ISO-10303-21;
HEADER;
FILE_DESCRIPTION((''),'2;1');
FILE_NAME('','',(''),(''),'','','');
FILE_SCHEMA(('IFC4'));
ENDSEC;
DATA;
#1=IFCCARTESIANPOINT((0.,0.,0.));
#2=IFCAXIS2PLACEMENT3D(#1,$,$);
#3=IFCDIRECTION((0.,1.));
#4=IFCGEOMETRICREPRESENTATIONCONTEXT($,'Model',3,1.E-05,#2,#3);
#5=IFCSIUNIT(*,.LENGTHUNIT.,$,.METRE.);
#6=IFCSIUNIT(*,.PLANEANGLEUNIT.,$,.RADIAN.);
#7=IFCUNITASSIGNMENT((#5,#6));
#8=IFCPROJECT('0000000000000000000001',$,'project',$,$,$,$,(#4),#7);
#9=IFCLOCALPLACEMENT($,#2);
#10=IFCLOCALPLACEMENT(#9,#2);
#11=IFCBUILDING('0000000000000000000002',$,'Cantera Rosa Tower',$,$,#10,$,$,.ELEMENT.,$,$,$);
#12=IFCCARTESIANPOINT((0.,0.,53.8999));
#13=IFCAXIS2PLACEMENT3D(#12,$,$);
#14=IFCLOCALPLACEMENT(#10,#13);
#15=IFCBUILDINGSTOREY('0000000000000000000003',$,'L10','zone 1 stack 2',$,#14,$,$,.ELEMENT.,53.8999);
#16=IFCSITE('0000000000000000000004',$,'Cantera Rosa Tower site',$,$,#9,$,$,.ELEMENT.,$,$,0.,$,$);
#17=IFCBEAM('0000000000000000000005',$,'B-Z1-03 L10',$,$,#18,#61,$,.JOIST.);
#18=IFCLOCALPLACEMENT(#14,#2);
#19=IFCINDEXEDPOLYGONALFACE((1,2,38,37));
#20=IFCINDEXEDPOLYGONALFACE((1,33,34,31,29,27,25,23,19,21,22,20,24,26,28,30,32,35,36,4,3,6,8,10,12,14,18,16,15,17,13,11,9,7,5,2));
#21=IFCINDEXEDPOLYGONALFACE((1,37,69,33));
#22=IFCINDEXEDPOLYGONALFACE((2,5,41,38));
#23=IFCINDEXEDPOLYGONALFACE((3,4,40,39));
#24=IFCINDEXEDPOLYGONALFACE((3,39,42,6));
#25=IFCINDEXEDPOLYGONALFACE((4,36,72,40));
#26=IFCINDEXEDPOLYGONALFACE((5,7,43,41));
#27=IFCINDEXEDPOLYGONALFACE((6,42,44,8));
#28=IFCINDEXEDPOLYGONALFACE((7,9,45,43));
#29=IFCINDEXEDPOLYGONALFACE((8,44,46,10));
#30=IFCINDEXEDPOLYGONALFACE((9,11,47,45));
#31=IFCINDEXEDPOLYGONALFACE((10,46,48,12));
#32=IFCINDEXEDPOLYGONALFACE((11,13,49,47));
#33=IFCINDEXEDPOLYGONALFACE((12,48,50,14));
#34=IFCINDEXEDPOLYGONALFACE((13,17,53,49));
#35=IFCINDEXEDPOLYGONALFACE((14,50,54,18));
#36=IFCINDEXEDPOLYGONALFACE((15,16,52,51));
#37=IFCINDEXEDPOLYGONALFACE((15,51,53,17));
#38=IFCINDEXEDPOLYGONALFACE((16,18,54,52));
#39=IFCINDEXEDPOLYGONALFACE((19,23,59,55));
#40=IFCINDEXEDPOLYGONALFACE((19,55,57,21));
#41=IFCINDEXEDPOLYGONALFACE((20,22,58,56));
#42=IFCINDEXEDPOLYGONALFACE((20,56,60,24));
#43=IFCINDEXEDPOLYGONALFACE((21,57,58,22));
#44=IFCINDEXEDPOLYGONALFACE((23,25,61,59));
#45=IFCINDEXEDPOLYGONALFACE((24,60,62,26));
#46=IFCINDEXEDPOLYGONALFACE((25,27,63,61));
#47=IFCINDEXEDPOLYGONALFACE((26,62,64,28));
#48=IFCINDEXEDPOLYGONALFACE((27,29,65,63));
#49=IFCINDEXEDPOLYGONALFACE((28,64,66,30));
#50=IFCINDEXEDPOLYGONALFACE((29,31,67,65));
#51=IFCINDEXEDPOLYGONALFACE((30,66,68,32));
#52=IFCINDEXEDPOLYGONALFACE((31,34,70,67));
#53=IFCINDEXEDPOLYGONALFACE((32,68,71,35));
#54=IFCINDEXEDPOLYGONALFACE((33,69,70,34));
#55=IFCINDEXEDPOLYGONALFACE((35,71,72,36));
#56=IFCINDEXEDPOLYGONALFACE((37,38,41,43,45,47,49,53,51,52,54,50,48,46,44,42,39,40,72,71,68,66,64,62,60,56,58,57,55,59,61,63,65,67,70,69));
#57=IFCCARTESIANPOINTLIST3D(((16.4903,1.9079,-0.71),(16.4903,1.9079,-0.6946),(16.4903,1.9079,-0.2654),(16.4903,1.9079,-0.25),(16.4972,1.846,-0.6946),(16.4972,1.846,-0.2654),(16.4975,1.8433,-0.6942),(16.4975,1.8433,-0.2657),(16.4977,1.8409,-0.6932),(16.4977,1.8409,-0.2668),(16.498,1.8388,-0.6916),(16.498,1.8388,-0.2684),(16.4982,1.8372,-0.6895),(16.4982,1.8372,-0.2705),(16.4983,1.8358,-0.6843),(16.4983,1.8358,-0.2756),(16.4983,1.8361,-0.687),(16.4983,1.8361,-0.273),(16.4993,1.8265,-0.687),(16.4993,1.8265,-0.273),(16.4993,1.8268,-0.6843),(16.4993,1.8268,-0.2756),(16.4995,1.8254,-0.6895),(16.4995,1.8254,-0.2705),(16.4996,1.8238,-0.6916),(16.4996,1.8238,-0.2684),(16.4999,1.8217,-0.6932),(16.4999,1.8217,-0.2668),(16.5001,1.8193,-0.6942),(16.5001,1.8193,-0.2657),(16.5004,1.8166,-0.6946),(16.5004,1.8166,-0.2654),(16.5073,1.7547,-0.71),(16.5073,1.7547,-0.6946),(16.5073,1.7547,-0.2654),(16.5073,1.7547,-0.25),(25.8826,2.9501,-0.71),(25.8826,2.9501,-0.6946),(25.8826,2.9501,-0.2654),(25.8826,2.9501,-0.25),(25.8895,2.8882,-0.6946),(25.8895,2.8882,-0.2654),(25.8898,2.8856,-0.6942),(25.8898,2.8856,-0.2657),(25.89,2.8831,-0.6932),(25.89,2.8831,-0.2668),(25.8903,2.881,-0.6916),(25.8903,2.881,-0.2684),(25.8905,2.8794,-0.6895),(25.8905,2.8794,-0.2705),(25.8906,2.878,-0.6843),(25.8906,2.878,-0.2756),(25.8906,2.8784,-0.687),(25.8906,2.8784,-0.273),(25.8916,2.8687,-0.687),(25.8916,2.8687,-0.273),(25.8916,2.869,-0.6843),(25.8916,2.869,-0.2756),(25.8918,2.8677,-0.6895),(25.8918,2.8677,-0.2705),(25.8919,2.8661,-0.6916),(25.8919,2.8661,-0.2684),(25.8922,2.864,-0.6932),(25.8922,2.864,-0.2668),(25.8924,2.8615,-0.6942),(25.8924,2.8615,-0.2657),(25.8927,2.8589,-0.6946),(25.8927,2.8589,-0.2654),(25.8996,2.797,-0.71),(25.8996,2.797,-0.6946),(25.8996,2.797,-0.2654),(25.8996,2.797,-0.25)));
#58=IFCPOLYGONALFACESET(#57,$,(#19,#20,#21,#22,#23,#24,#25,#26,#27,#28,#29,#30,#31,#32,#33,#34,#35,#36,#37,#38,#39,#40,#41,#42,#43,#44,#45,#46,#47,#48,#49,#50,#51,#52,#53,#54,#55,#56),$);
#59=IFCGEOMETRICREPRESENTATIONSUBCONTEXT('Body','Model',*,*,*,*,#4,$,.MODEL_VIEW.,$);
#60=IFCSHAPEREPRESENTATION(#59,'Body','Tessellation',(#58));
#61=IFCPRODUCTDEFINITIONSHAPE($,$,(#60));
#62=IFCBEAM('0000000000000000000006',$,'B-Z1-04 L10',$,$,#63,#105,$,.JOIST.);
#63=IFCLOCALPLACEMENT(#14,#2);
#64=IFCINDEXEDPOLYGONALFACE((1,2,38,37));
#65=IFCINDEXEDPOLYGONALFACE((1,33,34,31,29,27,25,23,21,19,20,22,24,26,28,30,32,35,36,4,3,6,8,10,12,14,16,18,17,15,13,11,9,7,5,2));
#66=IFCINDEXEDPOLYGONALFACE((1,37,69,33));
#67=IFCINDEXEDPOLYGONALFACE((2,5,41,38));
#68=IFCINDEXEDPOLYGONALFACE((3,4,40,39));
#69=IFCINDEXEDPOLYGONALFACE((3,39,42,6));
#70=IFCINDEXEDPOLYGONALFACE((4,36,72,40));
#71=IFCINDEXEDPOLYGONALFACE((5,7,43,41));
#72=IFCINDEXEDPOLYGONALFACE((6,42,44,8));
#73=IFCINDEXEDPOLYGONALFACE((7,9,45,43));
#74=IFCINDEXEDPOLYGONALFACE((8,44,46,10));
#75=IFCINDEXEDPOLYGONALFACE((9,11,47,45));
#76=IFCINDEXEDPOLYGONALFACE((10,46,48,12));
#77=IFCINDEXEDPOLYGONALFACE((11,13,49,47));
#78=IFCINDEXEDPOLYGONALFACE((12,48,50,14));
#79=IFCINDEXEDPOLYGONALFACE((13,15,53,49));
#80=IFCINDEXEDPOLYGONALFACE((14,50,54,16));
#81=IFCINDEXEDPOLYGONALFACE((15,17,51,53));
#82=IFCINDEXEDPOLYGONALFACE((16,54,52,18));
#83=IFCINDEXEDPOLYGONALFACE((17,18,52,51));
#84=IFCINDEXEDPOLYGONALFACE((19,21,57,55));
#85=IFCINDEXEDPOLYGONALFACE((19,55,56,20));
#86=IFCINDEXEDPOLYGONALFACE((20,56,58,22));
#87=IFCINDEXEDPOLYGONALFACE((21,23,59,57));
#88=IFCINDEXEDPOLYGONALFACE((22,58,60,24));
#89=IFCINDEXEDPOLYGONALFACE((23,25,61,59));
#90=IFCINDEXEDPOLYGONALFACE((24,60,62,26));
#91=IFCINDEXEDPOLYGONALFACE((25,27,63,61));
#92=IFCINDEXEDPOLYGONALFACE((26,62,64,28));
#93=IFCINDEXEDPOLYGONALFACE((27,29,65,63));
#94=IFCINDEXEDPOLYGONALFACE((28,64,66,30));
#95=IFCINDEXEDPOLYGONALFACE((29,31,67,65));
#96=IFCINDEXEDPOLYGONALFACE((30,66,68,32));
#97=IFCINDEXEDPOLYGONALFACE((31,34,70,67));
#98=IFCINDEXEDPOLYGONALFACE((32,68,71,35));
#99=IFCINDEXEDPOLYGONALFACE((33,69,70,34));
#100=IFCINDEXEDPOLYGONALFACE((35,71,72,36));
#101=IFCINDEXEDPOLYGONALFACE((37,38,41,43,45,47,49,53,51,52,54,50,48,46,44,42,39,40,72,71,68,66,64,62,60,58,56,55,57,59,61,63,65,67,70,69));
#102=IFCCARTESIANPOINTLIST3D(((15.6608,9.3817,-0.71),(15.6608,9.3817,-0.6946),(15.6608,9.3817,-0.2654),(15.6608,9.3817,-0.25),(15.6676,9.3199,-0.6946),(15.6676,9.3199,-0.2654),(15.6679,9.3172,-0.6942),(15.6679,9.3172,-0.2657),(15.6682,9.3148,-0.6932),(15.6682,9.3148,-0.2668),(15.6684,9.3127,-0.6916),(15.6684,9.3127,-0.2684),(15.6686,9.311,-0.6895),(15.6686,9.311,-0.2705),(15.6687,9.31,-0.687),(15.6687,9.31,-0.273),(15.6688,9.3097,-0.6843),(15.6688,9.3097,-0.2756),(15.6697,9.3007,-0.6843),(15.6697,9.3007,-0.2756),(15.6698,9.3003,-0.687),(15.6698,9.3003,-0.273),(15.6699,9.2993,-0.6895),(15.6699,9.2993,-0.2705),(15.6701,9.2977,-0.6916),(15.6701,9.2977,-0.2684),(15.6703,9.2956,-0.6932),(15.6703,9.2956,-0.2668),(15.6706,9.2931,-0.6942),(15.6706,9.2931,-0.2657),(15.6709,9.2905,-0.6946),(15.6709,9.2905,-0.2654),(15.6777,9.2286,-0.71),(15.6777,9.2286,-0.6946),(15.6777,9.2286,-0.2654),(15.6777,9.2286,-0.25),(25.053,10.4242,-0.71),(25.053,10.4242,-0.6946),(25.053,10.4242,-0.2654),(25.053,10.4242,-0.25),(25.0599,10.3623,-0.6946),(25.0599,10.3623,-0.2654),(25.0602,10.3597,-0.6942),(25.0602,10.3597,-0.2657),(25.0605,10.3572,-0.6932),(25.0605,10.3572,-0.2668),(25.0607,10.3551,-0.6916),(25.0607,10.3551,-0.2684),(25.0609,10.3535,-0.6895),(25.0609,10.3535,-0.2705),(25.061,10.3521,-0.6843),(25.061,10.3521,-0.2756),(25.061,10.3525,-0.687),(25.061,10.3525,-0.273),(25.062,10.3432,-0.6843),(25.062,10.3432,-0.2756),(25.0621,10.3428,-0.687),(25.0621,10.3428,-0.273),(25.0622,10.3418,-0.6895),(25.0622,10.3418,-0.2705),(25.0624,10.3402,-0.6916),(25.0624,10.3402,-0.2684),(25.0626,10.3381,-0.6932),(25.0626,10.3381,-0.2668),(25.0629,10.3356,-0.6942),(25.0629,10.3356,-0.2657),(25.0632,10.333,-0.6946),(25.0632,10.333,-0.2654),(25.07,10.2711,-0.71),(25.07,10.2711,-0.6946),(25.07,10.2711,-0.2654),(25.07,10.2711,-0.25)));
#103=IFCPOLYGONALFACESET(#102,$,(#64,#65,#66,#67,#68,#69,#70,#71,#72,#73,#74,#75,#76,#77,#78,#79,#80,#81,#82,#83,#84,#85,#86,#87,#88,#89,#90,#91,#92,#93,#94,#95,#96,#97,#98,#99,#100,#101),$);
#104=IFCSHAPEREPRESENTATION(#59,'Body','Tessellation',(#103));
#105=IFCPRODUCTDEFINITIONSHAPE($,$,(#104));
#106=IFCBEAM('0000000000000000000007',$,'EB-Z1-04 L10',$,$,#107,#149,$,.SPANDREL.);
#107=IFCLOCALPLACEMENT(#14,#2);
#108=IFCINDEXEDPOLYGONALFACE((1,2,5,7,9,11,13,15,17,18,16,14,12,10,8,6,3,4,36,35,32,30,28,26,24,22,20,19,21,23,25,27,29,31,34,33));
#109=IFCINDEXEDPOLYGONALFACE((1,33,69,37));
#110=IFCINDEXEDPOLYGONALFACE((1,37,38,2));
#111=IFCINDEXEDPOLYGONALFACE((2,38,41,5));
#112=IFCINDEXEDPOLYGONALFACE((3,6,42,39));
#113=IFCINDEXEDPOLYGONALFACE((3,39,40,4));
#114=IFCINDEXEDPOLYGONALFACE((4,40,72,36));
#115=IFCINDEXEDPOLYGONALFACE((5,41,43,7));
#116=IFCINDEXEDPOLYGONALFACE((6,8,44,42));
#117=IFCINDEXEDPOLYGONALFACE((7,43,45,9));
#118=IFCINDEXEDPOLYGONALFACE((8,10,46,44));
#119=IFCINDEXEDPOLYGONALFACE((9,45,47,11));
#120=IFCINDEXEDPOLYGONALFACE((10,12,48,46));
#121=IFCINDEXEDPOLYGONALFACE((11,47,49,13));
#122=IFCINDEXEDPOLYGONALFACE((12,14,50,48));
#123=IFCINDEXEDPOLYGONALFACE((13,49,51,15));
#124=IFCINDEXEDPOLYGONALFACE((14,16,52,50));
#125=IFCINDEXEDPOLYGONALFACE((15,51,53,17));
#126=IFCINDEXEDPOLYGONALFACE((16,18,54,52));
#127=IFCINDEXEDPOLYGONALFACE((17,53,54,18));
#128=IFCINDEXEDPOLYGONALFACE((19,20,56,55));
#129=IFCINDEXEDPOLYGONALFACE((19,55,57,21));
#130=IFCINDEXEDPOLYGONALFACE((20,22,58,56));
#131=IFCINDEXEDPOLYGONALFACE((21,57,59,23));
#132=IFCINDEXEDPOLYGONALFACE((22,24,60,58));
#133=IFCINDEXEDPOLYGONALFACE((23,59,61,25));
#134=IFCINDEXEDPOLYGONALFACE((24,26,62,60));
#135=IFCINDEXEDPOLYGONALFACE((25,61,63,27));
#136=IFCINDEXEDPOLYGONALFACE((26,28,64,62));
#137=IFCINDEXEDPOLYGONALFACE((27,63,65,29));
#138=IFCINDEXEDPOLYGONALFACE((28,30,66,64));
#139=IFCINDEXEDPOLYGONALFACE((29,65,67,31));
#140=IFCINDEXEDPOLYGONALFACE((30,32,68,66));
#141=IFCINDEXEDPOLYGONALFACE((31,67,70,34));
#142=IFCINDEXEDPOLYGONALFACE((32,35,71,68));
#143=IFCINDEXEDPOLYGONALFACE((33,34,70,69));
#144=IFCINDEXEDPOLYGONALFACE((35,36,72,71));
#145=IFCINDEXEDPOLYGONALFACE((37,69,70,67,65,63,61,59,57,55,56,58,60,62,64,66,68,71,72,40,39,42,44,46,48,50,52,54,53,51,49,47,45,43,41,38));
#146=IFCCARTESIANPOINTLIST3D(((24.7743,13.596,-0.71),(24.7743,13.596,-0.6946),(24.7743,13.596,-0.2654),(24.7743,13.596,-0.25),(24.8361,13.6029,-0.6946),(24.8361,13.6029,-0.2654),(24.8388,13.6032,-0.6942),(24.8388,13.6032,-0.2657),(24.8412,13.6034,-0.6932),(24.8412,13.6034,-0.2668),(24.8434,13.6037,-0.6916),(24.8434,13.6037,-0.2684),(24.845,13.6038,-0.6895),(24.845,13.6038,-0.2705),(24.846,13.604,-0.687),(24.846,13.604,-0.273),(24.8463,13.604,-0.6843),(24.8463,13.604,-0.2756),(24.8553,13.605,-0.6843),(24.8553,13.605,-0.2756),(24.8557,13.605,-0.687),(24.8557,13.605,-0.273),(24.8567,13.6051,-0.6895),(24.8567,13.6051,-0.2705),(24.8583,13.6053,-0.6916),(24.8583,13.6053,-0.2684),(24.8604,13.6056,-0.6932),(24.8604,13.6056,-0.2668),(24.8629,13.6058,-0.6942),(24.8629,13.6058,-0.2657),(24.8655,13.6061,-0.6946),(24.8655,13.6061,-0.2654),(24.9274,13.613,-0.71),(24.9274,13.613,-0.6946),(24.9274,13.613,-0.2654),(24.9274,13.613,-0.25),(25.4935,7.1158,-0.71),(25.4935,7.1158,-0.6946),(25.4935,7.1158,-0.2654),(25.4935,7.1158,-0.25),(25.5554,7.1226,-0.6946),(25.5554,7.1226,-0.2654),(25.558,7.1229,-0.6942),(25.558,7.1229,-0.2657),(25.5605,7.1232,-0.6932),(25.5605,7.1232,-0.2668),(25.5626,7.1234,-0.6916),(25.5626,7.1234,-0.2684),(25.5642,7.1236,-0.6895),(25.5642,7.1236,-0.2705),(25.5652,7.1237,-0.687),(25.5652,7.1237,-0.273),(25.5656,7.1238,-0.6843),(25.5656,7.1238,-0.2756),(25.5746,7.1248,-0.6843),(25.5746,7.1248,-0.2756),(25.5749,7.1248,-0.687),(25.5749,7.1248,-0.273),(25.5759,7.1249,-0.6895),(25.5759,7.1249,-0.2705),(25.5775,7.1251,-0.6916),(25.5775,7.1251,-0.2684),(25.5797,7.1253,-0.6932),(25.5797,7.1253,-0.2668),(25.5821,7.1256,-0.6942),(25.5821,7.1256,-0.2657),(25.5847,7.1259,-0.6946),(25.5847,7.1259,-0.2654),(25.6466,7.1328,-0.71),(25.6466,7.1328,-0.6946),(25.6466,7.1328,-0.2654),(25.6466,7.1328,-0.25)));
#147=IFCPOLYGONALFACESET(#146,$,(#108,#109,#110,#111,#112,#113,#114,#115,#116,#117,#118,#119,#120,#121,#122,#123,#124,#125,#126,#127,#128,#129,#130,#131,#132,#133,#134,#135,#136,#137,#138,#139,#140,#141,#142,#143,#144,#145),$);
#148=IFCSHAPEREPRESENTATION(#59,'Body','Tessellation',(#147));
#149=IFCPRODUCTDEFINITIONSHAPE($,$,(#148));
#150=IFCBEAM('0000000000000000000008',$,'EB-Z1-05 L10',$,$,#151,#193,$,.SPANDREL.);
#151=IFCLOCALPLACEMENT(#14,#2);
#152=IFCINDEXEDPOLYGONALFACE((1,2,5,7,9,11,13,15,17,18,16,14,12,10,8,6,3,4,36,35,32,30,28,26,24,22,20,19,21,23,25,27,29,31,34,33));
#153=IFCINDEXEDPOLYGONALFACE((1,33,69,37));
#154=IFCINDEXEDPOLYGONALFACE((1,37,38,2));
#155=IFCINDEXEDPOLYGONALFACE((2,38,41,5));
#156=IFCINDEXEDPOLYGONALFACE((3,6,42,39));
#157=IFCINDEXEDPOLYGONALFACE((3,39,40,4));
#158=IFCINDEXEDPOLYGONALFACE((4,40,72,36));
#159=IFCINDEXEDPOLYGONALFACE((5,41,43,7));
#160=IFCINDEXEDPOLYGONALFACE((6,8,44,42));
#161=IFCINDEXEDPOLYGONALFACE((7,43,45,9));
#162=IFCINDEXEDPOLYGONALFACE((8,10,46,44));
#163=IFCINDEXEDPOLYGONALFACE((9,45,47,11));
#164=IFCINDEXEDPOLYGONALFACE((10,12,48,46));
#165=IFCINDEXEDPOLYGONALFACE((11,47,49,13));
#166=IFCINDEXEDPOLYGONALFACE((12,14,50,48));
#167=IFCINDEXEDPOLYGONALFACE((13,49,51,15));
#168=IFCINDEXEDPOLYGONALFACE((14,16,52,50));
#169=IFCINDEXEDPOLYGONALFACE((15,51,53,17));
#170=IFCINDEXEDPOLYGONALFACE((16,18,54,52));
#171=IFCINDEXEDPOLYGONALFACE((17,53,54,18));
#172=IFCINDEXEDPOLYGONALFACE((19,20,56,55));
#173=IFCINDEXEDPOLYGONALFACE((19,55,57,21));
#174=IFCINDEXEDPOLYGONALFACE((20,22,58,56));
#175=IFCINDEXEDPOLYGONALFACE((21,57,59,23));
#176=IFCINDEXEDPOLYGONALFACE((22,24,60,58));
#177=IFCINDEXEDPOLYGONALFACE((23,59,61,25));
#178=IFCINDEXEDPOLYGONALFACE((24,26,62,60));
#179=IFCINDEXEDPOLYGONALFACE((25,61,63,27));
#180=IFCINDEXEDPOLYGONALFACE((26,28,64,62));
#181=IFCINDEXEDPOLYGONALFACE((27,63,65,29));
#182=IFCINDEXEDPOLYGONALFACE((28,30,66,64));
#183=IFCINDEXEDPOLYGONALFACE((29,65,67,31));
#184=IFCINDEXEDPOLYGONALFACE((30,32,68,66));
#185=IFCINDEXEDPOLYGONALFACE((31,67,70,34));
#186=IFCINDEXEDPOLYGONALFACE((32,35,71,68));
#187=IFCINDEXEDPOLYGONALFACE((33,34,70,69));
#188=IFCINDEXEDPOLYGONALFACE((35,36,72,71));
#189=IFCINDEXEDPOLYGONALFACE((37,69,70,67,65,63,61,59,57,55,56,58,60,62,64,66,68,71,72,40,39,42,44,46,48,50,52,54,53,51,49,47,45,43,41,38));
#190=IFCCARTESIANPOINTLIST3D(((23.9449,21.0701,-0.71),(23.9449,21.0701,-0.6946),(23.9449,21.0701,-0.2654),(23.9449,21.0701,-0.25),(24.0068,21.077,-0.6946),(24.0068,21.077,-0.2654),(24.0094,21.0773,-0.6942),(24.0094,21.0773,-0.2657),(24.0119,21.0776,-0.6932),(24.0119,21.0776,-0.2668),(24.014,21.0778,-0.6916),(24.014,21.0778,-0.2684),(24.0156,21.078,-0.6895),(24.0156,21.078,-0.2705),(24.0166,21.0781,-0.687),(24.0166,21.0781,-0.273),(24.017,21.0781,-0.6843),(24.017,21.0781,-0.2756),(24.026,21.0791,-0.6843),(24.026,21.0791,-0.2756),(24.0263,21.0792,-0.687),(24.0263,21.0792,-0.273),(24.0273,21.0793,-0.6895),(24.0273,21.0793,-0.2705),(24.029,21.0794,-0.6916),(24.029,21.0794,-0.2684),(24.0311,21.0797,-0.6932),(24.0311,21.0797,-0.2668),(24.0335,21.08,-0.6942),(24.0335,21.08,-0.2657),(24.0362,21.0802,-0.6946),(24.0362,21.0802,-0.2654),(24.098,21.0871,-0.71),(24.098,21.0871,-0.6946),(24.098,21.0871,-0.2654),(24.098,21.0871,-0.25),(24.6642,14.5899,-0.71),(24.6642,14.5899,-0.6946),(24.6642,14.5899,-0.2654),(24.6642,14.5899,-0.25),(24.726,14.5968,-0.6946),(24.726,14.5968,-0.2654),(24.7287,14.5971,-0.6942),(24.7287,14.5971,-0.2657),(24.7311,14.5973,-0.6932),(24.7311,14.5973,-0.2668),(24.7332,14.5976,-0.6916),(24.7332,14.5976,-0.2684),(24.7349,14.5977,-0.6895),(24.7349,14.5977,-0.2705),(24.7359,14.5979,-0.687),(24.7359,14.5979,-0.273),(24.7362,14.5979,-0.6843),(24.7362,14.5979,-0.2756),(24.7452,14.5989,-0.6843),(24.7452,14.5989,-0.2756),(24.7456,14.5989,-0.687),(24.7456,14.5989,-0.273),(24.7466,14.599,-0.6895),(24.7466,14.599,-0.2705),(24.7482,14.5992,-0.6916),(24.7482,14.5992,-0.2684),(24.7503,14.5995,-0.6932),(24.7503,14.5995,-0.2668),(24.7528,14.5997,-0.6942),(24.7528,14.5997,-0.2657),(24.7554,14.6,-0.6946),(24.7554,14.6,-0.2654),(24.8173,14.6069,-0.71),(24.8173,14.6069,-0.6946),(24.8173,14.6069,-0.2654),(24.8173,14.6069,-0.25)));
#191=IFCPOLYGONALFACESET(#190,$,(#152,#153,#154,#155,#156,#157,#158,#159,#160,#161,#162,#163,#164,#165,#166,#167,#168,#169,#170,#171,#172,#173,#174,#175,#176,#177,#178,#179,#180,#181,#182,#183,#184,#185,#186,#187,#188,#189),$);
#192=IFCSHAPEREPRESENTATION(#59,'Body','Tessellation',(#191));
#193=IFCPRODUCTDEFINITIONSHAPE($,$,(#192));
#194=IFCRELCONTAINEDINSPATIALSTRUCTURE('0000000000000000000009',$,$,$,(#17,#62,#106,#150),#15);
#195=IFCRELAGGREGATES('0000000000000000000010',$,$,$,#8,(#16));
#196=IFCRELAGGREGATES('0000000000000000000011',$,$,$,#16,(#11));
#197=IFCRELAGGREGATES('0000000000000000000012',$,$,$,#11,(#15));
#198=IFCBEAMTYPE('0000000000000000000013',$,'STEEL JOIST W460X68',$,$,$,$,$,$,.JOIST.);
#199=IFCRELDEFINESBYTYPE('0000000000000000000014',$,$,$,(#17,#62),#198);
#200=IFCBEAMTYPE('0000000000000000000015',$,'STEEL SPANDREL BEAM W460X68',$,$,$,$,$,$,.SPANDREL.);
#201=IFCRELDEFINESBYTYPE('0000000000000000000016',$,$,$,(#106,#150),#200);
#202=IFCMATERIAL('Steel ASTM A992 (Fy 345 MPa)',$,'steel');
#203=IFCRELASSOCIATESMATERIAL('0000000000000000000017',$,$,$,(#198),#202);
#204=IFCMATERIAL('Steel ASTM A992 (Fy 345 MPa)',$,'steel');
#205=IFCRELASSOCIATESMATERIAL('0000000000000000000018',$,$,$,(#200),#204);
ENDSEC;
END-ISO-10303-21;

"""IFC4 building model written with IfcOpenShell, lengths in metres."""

from ifc_helpers import new_model, si_unit, direction, frame, origin, origin_2d, place, context, subcontext, project, spatial, i_section, extrude, material, material_profile, profile_set, type_object, element, save


model = new_model("IFC4")

# Units and contexts
model_context = context("Model", 3, precision=1e-05, world=origin(), true_north=direction((0.0, 1.0)))
body_context = subcontext(model_context, "Body", "Model", "MODEL_VIEW")
ifc_project = project(units=[si_unit("LENGTHUNIT", "METRE"), si_unit("PLANEANGLEUNIT", "RADIAN")], contexts=[model_context])

# Site, building, storey
site_placement = place(None, origin())
site = spatial("IfcSite", under=ifc_project, at=site_placement, Name="Cantera Rosa Tower site", CompositionType="ELEMENT", RefElevation=0.0)
building_placement = place(site_placement, origin())
building = spatial("IfcBuilding", under=site, at=building_placement, Name="Cantera Rosa Tower", CompositionType="ELEMENT")
storey_placement = place(building_placement, frame((0.0, 0.0, 53.8999)))
storey = spatial("IfcBuildingStorey", under=building, at=storey_placement, Name="L10", Description="zone 1 stack 2", CompositionType="ELEMENT", Elevation=53.8999)

# Beams
ifc_material_1 = material(Name="Steel ASTM A992 (Fy 345 MPa)", Category="steel")
ifc_material_profile_1 = material_profile(ifc_material_1, i_section(OverallWidth=0.1541, OverallDepth=0.46, WebThickness=0.009, FlangeThickness=0.0154, FilletRadius=0.0103, at=origin_2d()), Name="W460X68")
ifc_profile_set_1 = profile_set([ifc_material_profile_1], Name="Steel ASTM A992 (Fy 345 MPa)")
beam_type_1 = type_object("IfcBeamType", Name="STEEL JOIST W460X68", PredefinedType="JOIST", material=ifc_profile_set_1)
for number, where, z_axis, x_axis, name in (
    (1, (25.8911, 2.8735, -0.48), (-0.993899, -0.11029, 0.0), (0.11029, -0.993899, 0.0), "B-Z1-03 L10"),
    (2, (25.0615, 10.3477, -0.48), (-0.993897, -0.110315, 0.0), (0.110315, -0.993897, 0.0), "B-Z1-04 L10"),
):
    element("IfcBeam", number, at=place(storey_placement, frame(where, z_axis=z_axis, x_axis=x_axis)), inside=storey, type_object=beam_type_1, Name=name, PredefinedType="JOIST", context=body_context, shape_type="SweptSolid", body=[
        extrude(i_section(OverallWidth=0.1541, OverallDepth=0.46, WebThickness=0.009, FlangeThickness=0.0154, FilletRadius=0.0103, at=origin_2d()), origin(), (0.0, 0.0, 1.0), 9.45),
    ])
ifc_material_2 = material(Name="Steel ASTM A992 (Fy 345 MPa)", Category="steel")
ifc_material_profile_2 = material_profile(ifc_material_2, i_section(OverallWidth=0.1541, OverallDepth=0.46, WebThickness=0.009, FlangeThickness=0.0154, FilletRadius=0.0103, at=origin_2d()), Name="W460X68")
ifc_profile_set_2 = profile_set([ifc_material_profile_2], Name="Steel ASTM A992 (Fy 345 MPa)")
beam_type_2 = type_object("IfcBeamType", Name="STEEL SPANDREL BEAM W460X68", PredefinedType="SPANDREL", material=ifc_profile_set_2)
for number, where, z_axis, x_axis, name in (
    (3, (25.5701, 7.1243, -0.48), (-0.110312, 0.993897, 0.0), (-0.993897, -0.110312, 0.0), "EB-Z1-04 L10"),
    (4, (24.7407, 14.5984, -0.48), (-0.110312, 0.993897, 0.0), (-0.993897, -0.110312, 0.0), "EB-Z1-05 L10"),
):
    element("IfcBeam", number, at=place(storey_placement, frame(where, z_axis=z_axis, x_axis=x_axis)), inside=storey, type_object=beam_type_2, Name=name, PredefinedType="SPANDREL", context=body_context, shape_type="SweptSolid", body=[
        extrude(i_section(OverallWidth=0.1541, OverallDepth=0.46, WebThickness=0.009, FlangeThickness=0.0154, FilletRadius=0.0103, at=origin_2d()), origin(), (0.0, 0.0, 1.0), 6.52),
    ])

save(model, "model.ifc")
